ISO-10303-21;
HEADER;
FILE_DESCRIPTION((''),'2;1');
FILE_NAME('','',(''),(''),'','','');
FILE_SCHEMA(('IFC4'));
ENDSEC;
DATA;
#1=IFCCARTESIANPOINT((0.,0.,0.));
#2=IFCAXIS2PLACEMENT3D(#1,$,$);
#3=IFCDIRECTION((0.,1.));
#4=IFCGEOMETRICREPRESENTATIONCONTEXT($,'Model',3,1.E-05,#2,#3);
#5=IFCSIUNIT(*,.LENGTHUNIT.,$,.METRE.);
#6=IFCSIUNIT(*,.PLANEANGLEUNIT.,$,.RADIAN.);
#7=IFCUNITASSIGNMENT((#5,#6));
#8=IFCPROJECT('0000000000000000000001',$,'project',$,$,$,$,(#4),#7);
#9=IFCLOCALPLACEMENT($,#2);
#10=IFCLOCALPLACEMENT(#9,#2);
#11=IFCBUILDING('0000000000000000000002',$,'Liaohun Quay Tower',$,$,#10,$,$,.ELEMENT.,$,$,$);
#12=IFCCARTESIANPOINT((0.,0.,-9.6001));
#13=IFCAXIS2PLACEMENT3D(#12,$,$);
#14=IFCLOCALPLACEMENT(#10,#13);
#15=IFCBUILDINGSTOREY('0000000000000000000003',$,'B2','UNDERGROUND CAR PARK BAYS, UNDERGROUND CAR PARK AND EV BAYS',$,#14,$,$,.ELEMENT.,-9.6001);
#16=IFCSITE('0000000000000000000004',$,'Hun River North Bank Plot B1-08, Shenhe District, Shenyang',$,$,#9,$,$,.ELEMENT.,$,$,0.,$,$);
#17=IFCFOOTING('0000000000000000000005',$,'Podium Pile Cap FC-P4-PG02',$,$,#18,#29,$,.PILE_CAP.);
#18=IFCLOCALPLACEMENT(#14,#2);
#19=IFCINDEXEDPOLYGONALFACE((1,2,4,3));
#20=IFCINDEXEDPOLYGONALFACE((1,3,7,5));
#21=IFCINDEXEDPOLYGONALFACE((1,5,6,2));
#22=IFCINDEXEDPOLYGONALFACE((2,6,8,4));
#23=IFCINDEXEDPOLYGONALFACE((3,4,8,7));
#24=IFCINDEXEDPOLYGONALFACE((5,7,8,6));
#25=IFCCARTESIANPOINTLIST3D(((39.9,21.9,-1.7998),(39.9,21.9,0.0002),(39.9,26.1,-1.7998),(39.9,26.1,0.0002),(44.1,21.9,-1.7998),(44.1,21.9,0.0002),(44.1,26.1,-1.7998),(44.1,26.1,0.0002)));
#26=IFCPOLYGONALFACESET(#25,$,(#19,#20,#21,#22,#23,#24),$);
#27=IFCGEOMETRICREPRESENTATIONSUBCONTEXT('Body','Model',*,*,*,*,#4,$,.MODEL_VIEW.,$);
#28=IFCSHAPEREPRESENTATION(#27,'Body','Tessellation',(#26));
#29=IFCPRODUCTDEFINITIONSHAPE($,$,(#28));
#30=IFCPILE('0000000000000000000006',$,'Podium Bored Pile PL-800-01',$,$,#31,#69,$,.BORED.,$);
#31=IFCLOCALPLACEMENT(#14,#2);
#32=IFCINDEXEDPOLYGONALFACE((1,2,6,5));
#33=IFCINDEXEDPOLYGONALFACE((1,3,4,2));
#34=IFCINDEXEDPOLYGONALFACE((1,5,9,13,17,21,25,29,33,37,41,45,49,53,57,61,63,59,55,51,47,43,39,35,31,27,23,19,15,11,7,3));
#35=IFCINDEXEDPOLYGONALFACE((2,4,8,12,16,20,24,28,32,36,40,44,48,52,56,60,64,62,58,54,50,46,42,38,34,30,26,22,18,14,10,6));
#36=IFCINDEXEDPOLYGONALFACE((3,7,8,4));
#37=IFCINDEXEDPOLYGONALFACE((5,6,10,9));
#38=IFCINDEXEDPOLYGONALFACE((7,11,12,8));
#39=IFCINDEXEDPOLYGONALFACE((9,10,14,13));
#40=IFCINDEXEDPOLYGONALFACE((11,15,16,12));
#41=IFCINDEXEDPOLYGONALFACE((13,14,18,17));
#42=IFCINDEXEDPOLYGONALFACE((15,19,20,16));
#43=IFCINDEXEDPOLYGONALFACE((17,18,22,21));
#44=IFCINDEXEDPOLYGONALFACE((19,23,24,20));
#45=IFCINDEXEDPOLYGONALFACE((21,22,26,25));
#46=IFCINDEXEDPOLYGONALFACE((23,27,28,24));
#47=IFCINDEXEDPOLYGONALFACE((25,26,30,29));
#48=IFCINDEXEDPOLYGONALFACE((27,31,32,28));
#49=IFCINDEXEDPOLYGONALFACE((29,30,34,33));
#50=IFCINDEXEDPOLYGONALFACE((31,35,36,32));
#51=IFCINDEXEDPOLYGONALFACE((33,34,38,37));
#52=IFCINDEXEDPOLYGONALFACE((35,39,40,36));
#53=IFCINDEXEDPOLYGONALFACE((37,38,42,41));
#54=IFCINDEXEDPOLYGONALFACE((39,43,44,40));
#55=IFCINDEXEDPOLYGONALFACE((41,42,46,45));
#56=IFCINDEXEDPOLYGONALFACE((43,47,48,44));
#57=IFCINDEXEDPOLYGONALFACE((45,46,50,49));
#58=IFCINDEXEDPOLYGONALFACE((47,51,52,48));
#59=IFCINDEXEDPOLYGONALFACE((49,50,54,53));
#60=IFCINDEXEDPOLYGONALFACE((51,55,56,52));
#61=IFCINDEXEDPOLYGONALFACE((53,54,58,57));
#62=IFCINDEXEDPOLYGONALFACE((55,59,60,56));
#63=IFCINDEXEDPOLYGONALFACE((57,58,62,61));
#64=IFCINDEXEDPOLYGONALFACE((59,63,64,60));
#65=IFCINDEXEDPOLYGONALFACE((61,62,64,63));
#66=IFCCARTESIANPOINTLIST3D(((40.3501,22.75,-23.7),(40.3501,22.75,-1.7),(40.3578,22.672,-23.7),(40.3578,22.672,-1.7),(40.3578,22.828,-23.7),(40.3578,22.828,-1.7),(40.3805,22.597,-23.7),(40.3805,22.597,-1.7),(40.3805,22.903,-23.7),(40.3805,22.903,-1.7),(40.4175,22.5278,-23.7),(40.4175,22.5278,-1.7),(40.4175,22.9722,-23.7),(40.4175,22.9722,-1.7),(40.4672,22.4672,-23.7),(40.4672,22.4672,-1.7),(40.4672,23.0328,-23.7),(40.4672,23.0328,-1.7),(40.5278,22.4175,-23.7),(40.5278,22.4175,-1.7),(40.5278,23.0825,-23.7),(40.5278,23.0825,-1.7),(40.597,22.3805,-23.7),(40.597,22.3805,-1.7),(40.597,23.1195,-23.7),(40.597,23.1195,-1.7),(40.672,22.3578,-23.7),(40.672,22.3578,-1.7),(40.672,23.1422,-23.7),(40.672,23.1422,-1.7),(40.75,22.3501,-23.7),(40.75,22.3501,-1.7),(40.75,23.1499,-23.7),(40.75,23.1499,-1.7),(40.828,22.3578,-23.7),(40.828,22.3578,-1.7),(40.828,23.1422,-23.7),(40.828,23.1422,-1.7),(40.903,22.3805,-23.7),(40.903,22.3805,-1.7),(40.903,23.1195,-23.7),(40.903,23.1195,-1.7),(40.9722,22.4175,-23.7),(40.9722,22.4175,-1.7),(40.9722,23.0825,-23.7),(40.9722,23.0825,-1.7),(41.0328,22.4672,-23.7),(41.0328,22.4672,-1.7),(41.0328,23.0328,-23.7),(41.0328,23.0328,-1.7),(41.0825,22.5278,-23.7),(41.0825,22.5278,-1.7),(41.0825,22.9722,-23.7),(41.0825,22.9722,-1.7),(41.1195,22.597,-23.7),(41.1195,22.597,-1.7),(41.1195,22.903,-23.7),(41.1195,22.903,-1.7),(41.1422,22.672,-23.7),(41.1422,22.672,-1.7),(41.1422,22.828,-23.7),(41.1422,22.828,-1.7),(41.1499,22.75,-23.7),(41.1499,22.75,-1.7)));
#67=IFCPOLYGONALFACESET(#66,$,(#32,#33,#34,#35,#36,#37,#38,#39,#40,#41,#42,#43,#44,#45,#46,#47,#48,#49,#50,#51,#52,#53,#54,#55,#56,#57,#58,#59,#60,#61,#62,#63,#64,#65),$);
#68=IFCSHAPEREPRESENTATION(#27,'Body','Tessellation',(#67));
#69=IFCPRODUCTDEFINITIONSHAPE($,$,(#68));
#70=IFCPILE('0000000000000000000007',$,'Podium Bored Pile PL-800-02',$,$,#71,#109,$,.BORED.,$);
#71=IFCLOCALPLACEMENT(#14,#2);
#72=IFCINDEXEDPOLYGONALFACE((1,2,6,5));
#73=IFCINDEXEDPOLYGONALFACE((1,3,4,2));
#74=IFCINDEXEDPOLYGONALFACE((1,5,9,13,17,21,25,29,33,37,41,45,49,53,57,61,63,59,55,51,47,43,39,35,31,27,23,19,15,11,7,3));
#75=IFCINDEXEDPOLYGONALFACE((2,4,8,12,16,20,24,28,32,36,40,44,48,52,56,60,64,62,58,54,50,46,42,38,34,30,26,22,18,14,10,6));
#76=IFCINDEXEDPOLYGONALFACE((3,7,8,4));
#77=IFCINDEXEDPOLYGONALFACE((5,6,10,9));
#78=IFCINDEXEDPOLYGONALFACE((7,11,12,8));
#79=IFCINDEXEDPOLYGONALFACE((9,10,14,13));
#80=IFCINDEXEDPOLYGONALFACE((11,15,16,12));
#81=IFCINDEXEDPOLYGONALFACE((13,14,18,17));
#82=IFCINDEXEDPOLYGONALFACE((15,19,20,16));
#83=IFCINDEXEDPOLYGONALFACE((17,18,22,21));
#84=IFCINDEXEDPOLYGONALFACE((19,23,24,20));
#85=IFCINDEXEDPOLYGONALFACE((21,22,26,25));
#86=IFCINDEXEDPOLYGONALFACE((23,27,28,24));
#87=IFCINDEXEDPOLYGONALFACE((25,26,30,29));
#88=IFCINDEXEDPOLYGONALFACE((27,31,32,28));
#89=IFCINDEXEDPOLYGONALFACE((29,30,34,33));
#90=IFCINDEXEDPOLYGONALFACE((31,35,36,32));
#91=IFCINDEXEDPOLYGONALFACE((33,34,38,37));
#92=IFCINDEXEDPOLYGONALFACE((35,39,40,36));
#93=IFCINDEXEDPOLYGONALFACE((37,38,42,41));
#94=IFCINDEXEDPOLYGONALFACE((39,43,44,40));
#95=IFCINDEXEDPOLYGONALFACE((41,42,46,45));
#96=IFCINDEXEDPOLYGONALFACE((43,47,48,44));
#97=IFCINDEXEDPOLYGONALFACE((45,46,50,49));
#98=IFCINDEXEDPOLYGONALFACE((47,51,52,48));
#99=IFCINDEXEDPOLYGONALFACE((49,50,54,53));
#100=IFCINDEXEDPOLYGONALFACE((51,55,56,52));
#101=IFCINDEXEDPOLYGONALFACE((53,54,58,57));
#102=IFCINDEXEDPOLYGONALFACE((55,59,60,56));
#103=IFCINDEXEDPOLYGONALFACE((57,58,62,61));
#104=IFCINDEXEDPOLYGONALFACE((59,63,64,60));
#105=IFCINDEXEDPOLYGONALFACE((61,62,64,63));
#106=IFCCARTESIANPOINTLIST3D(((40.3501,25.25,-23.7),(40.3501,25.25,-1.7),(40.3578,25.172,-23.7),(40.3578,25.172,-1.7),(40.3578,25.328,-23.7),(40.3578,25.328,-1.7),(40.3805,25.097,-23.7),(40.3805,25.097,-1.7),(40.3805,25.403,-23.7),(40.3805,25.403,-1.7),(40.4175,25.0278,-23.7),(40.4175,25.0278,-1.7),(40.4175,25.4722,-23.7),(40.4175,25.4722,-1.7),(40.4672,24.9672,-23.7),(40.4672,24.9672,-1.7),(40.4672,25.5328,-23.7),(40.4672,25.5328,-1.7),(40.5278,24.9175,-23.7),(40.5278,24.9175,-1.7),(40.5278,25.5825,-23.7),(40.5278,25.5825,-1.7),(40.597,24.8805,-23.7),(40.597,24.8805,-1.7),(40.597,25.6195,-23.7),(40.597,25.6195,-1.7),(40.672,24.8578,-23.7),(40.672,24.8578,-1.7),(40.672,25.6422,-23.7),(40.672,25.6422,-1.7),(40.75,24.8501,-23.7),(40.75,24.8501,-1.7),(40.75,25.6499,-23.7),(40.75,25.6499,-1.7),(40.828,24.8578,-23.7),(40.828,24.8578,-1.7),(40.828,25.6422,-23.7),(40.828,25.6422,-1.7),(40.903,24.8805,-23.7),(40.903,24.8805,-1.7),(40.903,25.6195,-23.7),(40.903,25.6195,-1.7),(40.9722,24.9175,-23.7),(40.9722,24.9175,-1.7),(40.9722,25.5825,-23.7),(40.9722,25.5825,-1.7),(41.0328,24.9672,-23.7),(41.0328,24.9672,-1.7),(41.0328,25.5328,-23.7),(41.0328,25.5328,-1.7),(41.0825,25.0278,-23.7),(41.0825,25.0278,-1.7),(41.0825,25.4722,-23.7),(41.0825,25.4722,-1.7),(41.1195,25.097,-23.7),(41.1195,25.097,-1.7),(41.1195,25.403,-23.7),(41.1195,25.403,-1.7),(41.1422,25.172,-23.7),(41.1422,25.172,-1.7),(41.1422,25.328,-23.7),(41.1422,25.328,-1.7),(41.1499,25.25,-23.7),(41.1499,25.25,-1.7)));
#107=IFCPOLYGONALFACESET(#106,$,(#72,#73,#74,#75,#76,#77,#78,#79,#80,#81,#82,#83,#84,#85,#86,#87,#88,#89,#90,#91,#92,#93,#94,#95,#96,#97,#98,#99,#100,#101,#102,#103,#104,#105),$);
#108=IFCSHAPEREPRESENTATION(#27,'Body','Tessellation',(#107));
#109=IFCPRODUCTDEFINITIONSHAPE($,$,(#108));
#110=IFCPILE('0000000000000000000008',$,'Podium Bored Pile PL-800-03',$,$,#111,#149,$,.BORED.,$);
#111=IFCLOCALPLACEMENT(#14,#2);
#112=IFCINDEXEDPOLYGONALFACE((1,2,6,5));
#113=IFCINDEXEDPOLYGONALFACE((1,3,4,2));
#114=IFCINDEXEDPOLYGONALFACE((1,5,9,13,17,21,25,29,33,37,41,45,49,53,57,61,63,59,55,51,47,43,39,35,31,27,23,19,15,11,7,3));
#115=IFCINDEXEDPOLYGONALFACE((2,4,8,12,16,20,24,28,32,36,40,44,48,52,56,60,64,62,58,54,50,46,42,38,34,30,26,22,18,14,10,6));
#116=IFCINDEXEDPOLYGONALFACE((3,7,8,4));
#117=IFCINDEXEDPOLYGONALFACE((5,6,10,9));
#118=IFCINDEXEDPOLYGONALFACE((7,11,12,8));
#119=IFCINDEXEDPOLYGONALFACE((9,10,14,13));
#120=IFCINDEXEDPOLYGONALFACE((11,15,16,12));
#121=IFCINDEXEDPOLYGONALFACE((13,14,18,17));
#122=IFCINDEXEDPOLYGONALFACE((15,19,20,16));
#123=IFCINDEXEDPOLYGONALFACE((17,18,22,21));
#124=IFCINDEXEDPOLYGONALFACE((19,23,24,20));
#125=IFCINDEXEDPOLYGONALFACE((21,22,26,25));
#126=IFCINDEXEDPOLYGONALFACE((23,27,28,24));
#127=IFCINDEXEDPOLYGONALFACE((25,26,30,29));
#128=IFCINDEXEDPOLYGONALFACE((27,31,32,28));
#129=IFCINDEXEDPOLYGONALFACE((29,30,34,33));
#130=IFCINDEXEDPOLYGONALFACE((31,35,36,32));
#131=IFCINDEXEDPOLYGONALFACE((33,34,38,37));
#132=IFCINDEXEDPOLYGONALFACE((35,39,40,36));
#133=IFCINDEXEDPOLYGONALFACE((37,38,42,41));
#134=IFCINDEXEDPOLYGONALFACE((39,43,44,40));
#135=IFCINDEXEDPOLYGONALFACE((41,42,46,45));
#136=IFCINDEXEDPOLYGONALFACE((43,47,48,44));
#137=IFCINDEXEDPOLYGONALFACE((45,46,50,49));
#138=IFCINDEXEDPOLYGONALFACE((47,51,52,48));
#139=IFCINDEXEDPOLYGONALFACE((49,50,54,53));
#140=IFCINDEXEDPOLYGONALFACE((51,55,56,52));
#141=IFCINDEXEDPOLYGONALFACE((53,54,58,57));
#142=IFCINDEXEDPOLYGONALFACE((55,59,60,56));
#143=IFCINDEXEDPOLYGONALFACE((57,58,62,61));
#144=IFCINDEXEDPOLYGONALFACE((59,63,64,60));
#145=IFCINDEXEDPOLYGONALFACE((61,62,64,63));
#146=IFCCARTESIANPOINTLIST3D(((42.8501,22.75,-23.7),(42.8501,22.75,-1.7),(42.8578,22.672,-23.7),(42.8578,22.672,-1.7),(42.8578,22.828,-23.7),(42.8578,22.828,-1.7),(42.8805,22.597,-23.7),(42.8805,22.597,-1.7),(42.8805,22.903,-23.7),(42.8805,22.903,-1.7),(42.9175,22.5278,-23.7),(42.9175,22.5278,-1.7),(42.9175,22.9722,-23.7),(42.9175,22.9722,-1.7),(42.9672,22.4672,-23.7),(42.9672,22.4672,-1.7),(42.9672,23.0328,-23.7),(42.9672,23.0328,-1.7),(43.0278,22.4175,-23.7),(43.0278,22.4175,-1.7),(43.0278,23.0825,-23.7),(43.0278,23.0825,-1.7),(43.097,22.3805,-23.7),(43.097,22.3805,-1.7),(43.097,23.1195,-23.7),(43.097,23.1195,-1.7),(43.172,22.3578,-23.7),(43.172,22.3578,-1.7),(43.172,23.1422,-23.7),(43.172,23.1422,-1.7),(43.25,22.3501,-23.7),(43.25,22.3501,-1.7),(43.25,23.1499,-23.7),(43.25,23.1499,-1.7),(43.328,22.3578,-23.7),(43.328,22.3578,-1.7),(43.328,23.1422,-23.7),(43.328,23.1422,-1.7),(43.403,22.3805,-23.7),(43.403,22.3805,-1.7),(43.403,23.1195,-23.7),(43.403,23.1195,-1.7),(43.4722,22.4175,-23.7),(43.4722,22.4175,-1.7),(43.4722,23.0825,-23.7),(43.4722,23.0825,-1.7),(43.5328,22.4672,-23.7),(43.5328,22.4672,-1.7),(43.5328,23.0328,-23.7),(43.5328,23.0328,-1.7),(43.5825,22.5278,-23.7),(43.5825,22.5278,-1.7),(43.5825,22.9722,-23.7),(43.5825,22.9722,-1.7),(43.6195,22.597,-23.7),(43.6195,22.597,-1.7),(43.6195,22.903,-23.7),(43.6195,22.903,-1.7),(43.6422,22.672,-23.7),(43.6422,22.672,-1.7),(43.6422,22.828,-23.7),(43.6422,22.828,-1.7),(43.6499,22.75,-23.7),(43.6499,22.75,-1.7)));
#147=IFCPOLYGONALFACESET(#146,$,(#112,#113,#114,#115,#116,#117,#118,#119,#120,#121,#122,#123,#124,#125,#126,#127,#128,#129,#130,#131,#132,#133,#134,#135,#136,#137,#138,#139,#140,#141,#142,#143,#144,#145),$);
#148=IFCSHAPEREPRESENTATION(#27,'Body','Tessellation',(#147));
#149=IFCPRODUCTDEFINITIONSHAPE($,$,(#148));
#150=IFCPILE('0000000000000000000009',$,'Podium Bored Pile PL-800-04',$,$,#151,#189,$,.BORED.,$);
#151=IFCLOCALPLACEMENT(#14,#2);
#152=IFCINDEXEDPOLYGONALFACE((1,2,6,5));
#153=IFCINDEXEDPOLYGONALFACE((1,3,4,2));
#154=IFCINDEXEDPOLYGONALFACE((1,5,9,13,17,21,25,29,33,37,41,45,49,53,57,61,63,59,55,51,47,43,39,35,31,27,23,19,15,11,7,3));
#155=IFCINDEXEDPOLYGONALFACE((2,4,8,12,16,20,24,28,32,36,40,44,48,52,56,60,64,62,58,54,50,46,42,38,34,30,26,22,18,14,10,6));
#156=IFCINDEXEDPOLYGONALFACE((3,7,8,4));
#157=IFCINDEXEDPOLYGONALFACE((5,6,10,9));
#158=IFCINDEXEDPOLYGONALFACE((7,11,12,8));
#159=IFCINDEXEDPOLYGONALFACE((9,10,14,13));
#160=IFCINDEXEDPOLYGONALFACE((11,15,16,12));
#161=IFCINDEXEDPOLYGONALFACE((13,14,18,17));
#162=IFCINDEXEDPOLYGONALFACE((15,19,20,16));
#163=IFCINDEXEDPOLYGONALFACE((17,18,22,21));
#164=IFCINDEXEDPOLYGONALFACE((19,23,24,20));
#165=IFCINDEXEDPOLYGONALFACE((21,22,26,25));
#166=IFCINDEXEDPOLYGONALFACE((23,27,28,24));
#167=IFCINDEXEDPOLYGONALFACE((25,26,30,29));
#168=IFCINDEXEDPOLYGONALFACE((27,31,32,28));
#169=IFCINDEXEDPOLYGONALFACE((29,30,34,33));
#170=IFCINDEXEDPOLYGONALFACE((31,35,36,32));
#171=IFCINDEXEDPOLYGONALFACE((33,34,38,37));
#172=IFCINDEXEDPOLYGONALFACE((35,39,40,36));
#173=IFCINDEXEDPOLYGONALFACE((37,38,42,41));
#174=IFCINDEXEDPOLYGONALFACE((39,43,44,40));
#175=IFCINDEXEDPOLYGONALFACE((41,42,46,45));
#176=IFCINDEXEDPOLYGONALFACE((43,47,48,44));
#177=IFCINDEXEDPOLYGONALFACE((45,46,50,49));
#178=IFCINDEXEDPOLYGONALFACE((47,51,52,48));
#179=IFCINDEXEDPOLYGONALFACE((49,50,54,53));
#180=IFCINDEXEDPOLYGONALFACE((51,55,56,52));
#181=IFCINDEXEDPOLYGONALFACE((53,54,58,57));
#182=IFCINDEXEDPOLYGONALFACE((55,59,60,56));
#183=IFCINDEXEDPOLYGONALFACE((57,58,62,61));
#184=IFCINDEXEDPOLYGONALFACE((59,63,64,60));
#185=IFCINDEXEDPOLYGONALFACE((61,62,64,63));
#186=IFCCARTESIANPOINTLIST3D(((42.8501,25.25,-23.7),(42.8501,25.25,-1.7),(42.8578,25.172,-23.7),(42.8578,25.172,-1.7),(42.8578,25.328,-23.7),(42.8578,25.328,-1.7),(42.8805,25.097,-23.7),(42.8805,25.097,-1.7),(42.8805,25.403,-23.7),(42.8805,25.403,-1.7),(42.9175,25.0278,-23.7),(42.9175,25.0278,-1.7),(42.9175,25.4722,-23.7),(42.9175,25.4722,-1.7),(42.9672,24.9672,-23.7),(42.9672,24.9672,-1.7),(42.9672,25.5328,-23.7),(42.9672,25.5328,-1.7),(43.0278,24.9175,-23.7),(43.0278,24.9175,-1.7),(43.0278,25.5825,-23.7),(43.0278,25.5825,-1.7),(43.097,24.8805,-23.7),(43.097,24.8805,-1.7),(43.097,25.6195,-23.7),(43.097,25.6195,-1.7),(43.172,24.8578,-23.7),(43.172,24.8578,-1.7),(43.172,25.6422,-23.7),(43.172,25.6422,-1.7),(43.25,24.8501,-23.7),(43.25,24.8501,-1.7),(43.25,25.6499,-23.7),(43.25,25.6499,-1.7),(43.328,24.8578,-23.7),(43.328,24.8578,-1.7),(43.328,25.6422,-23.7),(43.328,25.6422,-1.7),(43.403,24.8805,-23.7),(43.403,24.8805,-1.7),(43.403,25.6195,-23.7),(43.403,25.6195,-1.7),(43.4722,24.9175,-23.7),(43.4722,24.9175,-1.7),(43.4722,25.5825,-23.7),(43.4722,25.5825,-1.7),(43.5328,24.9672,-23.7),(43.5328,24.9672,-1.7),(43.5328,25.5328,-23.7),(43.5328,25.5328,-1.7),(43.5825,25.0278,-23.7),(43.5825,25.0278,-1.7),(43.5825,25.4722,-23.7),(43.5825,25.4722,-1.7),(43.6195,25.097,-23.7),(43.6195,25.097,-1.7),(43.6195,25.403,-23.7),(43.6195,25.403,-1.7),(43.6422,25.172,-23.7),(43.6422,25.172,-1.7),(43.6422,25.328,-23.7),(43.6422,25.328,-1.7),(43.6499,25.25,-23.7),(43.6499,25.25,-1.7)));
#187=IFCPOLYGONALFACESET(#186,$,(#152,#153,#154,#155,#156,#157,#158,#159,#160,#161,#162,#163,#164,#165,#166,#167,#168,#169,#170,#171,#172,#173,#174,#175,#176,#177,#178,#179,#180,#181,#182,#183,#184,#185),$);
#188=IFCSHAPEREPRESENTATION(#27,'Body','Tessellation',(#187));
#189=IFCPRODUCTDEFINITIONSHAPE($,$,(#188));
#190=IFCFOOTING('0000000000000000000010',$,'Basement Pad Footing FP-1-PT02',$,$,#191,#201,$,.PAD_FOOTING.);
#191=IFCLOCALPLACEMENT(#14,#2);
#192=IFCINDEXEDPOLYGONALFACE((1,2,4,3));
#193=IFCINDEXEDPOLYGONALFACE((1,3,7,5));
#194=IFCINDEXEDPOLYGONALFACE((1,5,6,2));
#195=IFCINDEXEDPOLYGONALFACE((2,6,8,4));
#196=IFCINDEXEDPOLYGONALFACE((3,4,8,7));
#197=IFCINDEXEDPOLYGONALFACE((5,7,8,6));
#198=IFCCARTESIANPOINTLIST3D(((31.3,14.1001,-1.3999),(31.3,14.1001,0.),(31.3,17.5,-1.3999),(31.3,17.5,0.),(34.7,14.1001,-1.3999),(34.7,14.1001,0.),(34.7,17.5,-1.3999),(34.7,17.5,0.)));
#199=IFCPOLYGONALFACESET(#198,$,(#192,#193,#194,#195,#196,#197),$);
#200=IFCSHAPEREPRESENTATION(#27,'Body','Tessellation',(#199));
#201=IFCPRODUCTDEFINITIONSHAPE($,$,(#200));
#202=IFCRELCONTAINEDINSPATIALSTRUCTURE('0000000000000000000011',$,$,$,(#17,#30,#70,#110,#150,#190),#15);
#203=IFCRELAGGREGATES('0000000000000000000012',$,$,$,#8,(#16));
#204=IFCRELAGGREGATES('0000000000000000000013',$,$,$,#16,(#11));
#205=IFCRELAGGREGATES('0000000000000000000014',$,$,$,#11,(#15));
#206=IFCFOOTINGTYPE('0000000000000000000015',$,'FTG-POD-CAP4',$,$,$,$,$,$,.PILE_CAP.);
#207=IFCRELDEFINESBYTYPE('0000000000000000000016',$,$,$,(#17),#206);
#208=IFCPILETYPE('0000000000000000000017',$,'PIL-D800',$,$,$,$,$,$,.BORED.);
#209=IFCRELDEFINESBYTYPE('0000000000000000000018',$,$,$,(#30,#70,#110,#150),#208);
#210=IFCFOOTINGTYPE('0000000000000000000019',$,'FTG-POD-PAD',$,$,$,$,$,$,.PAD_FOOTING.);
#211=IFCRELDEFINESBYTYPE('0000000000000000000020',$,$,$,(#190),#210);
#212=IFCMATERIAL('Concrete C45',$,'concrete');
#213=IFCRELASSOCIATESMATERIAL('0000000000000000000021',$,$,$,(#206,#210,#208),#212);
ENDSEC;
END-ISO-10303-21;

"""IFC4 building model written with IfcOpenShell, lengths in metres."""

from ifc_helpers import new_model, si_unit, direction, frame, origin, origin_2d, place, context, subcontext, project, spatial, rectangle, circle, extrude, source, transform, mapped, material, material_profile, profile_set, type_object, element, save


model = new_model("IFC4")

# Units and contexts
model_context = context("Model", 3, precision=1e-05, world=origin(), true_north=direction((0.0, 1.0)))
body_context = subcontext(model_context, "Body", "Model", "MODEL_VIEW")
ifc_project = project(units=[si_unit("LENGTHUNIT", "METRE"), si_unit("PLANEANGLEUNIT", "RADIAN")], contexts=[model_context])

# Site, building, storey
site_placement = place(None, origin())
site = spatial("IfcSite", under=ifc_project, at=site_placement, Name="Hun River North Bank Plot B1-08, Shenhe District, Shenyang", CompositionType="ELEMENT", RefElevation=0.0)
building_placement = place(site_placement, origin())
building = spatial("IfcBuilding", under=site, at=building_placement, Name="Liaohun Quay Tower", CompositionType="ELEMENT")
storey_placement = place(building_placement, frame((0.0, 0.0, -9.6001)))
storey = spatial("IfcBuildingStorey", under=building, at=storey_placement, Name="B2", Description="UNDERGROUND CAR PARK BAYS, UNDERGROUND CAR PARK AND EV BAYS", CompositionType="ELEMENT", Elevation=-9.6001)

# Shared definitions
ifc_material_1 = material(Name="Concrete C45", Category="concrete")

# Footing
footing_type_1 = type_object("IfcFootingType", Name="FTG-POD-CAP4", PredefinedType="PILE_CAP", material=ifc_material_1)
shared_shape_1 = source(origin(), body_context, "Body", "SweptSolid", [
    extrude(rectangle(XDim=4.2, YDim=4.2, at=origin_2d()), origin(), (0.0, 0.0, 1.0), 1.8),
])
footing_1_placement = place(storey_placement, frame((42.0, 24.0, -1.7998), z_axis=(0.0, 0.0, 1.0), x_axis=(1.0, 0.0, 0.0)))
element("IfcFooting", 1, at=footing_1_placement, inside=storey, type_object=footing_type_1, Name="Podium Pile Cap FC-P4-PG02", PredefinedType="PILE_CAP", context=body_context, shape_type="MappedRepresentation", body=[
    mapped(shared_shape_1, transform((0.0, 0.0, 0.0), x_axis=(1.0, 0.0, 0.0), y_axis=(0.0, 1.0, 0.0), z_axis=(0.0, 0.0, 1.0), scale=1.0)),
])

# Piles
ifc_material_profile_1 = material_profile(ifc_material_1, circle(Radius=0.3999, at=origin_2d()), Name="PILE-D800")
ifc_profile_set_1 = profile_set([ifc_material_profile_1], Name="Concrete C45")
pile_type_1 = type_object("IfcPileType", Name="PIL-D800", PredefinedType="BORED", material=ifc_profile_set_1)
shared_shape_2 = source(origin(), body_context, "Body", "SweptSolid", [
    extrude(circle(Radius=0.3999, at=origin_2d()), origin(), (0.0, 0.0, 1.0), 22.0),
])
for number, where, z_axis, x_axis, name in (
    (2, (40.75, 22.75, -1.7), (0.0, 0.0, -1.0), (1.0, 0.0, 0.0), "Podium Bored Pile PL-800-01"),
    (3, (40.75, 25.25, -1.7), (0.0, 0.0, -1.0), (1.0, 0.0, 0.0), "Podium Bored Pile PL-800-02"),
    (4, (43.25, 22.75, -1.7), (0.0, 0.0, -1.0), (1.0, 0.0, 0.0), "Podium Bored Pile PL-800-03"),
    (5, (43.25, 25.25, -1.7), (0.0, 0.0, -1.0), (1.0, 0.0, 0.0), "Podium Bored Pile PL-800-04"),
):
    element("IfcPile", number, at=place(storey_placement, frame(where, z_axis=z_axis, x_axis=x_axis)), inside=storey, type_object=pile_type_1, Name=name, PredefinedType="BORED", context=body_context, shape_type="MappedRepresentation", body=[
        mapped(shared_shape_2, transform((0.0, 0.0, 0.0), x_axis=(1.0, 0.0, 0.0), y_axis=(0.0, 1.0, 0.0), z_axis=(0.0, 0.0, 1.0), scale=1.0)),
    ])

# Footing
footing_type_2 = type_object("IfcFootingType", Name="FTG-POD-PAD", PredefinedType="PAD_FOOTING", material=ifc_material_1)
shared_shape_3 = source(origin(), body_context, "Body", "SweptSolid", [
    extrude(rectangle(XDim=3.3999, YDim=3.3999, at=origin_2d()), origin(), (0.0, 0.0, 1.0), 1.3999),
])
for number, where, z_axis, x_axis, name in (
    (6, (33.0, 15.8, -1.3999), (0.0, 0.0, 1.0), (1.0, 0.0, 0.0), "Basement Pad Footing FP-1-PT02"),
):
    element("IfcFooting", number, at=place(storey_placement, frame(where, z_axis=z_axis, x_axis=x_axis)), inside=storey, type_object=footing_type_2, Name=name, PredefinedType="PAD_FOOTING", context=body_context, shape_type="MappedRepresentation", body=[
        mapped(shared_shape_3, transform((0.0, 0.0, 0.0), x_axis=(1.0, 0.0, 0.0), y_axis=(0.0, 1.0, 0.0), z_axis=(0.0, 0.0, 1.0), scale=1.0)),
    ])

save(model, "model.ifc")
